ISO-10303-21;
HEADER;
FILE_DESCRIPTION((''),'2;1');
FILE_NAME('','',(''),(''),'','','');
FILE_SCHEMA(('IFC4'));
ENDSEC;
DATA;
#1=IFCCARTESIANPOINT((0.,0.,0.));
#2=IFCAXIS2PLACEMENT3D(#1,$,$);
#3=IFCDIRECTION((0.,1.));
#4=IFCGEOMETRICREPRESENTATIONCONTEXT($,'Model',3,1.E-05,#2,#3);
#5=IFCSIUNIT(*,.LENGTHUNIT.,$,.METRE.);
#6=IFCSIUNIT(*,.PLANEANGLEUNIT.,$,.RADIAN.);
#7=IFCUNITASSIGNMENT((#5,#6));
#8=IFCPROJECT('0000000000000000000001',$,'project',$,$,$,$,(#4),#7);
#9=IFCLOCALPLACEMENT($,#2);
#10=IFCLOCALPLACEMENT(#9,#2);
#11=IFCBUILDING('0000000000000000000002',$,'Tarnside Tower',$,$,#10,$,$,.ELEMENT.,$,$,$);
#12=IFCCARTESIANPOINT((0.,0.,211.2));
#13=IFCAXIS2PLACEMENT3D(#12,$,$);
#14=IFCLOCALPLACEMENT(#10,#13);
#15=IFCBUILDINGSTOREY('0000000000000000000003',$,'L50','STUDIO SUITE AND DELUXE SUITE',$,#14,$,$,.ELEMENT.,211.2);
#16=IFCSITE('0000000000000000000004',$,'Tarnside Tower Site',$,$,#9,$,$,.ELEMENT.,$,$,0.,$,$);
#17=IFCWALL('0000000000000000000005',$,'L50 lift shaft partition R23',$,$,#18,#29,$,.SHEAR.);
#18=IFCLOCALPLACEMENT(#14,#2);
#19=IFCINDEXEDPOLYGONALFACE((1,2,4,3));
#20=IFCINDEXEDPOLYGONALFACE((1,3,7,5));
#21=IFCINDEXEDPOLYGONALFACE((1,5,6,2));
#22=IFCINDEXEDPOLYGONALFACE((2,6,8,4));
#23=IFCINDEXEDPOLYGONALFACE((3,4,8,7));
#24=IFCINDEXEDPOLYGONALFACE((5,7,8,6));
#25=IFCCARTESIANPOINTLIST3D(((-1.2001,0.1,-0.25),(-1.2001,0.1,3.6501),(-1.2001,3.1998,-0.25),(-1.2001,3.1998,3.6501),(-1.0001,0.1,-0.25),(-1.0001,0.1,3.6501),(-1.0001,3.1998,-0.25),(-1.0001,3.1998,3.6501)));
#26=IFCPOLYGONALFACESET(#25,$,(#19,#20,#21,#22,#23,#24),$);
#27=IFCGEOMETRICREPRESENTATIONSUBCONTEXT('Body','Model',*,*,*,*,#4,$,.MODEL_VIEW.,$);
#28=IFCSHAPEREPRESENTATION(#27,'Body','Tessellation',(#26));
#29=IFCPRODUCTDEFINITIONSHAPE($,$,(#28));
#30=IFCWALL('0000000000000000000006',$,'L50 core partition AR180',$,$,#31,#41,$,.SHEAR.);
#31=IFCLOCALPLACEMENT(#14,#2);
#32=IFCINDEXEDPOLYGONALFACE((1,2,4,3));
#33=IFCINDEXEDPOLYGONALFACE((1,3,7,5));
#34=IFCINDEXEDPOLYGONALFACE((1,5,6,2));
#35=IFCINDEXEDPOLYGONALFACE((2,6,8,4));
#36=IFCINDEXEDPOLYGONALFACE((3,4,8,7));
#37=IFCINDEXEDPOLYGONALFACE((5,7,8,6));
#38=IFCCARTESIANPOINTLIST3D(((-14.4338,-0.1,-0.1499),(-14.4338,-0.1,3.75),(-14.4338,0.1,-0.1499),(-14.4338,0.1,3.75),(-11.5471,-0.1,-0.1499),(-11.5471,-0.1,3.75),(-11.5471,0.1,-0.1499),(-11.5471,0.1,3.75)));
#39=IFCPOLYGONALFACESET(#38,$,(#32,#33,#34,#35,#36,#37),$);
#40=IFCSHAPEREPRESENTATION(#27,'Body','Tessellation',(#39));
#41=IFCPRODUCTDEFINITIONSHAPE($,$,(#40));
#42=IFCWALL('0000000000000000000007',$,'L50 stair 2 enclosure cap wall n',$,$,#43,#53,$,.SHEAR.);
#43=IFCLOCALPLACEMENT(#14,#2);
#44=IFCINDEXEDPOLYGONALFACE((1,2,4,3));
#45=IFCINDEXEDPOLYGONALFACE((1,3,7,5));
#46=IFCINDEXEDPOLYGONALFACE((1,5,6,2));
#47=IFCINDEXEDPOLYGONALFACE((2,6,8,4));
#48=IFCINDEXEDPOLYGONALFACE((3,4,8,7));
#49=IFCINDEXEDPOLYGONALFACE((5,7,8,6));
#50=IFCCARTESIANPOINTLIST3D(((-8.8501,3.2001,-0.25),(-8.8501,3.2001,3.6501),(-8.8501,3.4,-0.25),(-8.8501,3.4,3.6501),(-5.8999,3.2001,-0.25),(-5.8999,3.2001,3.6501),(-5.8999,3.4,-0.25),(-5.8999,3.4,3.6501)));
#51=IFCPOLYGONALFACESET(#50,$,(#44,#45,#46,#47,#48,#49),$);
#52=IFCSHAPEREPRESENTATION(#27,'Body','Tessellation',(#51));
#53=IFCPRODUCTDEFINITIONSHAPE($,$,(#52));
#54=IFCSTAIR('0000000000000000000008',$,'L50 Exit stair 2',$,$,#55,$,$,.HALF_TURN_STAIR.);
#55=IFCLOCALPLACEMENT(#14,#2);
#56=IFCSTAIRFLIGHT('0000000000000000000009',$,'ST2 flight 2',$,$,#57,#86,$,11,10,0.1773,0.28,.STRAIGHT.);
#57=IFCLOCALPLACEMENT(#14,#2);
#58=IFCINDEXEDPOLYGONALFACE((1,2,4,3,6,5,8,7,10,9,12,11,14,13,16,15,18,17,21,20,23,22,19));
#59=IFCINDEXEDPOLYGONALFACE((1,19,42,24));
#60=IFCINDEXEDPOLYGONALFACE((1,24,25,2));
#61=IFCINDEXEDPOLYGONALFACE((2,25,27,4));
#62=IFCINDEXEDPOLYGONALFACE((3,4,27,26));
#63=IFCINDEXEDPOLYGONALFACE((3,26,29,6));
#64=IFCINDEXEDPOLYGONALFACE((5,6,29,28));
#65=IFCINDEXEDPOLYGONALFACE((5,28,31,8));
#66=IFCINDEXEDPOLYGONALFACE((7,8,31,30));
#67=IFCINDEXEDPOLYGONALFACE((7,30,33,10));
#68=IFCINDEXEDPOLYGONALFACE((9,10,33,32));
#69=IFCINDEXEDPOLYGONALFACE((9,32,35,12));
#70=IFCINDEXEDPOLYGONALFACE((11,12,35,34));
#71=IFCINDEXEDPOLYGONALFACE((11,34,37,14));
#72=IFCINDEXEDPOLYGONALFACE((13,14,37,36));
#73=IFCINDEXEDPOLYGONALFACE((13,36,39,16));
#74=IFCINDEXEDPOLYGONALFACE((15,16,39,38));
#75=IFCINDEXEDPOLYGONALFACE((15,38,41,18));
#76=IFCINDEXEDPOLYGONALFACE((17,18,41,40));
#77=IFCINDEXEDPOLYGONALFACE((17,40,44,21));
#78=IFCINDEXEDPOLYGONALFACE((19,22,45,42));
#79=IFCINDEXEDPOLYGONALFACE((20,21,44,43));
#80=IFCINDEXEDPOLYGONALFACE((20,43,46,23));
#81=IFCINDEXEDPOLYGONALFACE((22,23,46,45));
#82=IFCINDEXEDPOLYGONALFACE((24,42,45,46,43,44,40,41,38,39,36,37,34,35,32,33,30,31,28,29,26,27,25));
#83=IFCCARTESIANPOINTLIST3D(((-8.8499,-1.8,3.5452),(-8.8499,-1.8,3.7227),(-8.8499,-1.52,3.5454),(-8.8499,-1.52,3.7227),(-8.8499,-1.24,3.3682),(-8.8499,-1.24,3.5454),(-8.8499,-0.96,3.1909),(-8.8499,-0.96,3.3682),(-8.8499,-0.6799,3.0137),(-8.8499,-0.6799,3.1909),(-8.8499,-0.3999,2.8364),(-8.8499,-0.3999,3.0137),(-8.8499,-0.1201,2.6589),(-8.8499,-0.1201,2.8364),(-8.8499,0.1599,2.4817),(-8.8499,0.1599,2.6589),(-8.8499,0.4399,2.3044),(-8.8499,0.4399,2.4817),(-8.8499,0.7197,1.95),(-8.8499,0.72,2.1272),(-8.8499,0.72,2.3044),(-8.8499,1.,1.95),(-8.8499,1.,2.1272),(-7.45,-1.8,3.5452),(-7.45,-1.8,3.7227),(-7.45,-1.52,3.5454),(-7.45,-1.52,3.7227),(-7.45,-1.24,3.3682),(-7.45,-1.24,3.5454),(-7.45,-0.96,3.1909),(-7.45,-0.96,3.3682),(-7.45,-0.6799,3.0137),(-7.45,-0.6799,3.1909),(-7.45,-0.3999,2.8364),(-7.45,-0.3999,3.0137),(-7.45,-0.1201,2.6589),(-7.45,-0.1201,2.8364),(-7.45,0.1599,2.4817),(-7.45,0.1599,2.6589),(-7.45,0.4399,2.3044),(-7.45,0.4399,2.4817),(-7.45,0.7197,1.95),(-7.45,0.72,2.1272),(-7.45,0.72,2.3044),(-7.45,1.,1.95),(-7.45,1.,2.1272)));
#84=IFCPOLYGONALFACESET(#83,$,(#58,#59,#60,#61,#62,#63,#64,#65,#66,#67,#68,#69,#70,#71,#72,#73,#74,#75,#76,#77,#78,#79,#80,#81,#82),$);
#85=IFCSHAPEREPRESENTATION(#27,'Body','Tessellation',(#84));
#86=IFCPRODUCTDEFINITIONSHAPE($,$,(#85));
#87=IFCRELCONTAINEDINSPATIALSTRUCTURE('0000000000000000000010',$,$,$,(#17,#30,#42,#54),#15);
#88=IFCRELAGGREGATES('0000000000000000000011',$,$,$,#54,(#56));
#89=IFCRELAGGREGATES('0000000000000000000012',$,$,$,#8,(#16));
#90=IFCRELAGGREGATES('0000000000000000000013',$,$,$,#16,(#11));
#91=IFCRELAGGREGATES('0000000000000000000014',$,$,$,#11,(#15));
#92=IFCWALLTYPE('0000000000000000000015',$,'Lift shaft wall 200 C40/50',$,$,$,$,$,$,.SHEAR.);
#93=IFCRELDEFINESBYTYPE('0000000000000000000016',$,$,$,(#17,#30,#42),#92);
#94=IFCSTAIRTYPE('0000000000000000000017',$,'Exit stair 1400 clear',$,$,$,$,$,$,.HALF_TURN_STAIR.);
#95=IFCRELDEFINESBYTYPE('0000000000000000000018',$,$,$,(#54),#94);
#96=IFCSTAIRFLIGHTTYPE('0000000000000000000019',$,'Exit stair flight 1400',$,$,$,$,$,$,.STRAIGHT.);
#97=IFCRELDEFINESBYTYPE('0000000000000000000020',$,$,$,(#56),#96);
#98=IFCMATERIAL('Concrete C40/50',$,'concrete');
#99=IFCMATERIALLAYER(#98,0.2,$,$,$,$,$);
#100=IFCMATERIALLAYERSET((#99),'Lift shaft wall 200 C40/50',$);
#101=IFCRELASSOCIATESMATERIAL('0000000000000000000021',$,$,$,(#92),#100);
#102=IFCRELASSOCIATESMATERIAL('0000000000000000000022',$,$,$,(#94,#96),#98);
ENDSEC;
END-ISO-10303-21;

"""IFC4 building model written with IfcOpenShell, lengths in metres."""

from ifc_helpers import new_model, si_unit, direction, frame, frame_2d, origin, place, context, subcontext, project, spatial, polyline, rectangle, outline, extrude, material, layer, layer_set, type_object, element, aggregate, save


model = new_model("IFC4")

# Units and contexts
model_context = context("Model", 3, precision=1e-05, world=origin(), true_north=direction((0.0, 1.0)))
body_context = subcontext(model_context, "Body", "Model", "MODEL_VIEW")
ifc_project = project(units=[si_unit("LENGTHUNIT", "METRE"), si_unit("PLANEANGLEUNIT", "RADIAN")], contexts=[model_context])

# Site, building, storey
site_placement = place(None, origin())
site = spatial("IfcSite", under=ifc_project, at=site_placement, Name="Tarnside Tower Site", CompositionType="ELEMENT", RefElevation=0.0)
building_placement = place(site_placement, origin())
building = spatial("IfcBuilding", under=site, at=building_placement, Name="Tarnside Tower", CompositionType="ELEMENT")
storey_placement = place(building_placement, frame((0.0, 0.0, 211.2)))
storey = spatial("IfcBuildingStorey", under=building, at=storey_placement, Name="L50", Description="STUDIO SUITE AND DELUXE SUITE", CompositionType="ELEMENT", Elevation=211.2)

# Shared definitions
ifc_material_1 = material(Name="Concrete C40/50", Category="concrete")
ifc_layer_1 = layer(ifc_material_1, 0.2)
ifc_layer_set_1 = layer_set([ifc_layer_1], Name="Lift shaft wall 200 C40/50")
wall_type_1 = type_object("IfcWallType", Name="Lift shaft wall 200 C40/50", PredefinedType="SHEAR", material=ifc_layer_set_1)

# Walls
for number, where, z_axis, x_axis, name in (
    (1, (-1.1001, 0.1001, -0.25), (0.0, 0.0, 1.0), (0.0, 1.0, 0.0), "L50 lift shaft partition R23"),
):
    element("IfcWall", number, at=place(storey_placement, frame(where, z_axis=z_axis, x_axis=x_axis)), inside=storey, type_object=wall_type_1, Name=name, PredefinedType="SHEAR", context=body_context, shape_type="SweptSolid", body=[
        extrude(rectangle(XDim=3.0999, YDim=0.2, at=frame_2d((1.5498, 0.0))), origin(), (0.0, 0.0, 1.0), 3.9001),
    ])
wall_1_placement = place(storey_placement, frame((-11.5471, 0.0, -0.1499), z_axis=(0.0, 0.0, 1.0), x_axis=(-1.0, 0.0, 0.0)))
element("IfcWall", 2, at=wall_1_placement, inside=storey, type_object=wall_type_1, Name="L50 core partition AR180", PredefinedType="SHEAR", context=body_context, shape_type="SweptSolid", body=[
    extrude(rectangle(XDim=2.8867, YDim=0.2, at=frame_2d((1.4434, 0.0))), origin(), (0.0, 0.0, 1.0), 3.8999),
])
wall_2_placement = place(storey_placement, frame((-8.8501, 3.3, -0.25), z_axis=(0.0, 0.0, 1.0), x_axis=(1.0, 0.0, 0.0)))
element("IfcWall", 3, at=wall_2_placement, inside=storey, type_object=wall_type_1, Name="L50 stair 2 enclosure cap wall n", PredefinedType="SHEAR", context=body_context, shape_type="SweptSolid", body=[
    extrude(rectangle(XDim=2.9502, YDim=0.2, at=frame_2d((1.4751, 0.0))), origin(), (0.0, 0.0, 1.0), 3.9001),
])

# Stair, stair flight
stair_type = type_object("IfcStairType", Name="Exit stair 1400 clear", PredefinedType="HALF_TURN_STAIR", material=ifc_material_1)
stair_placement = place(storey_placement, origin())
stair = element("IfcStair", 4, at=stair_placement, inside=storey, type_object=stair_type, Name="L50 Exit stair 2", PredefinedType="HALF_TURN_STAIR")
stair_flight_type = type_object("IfcStairFlightType", Name="Exit stair flight 1400", PredefinedType="STRAIGHT", material=ifc_material_1)
stair_flight_placement = place(storey_placement, frame((-8.1499, 1.0, 1.95), z_axis=(0.0, 0.0, 1.0), x_axis=(0.0, -1.0, 0.0)))
stair_flight = element("IfcStairFlight", 5, at=stair_flight_placement, type_object=stair_flight_type, Name="ST2 flight 2", NumberOfRisers=11, NumberOfTreads=10, PredefinedType="STRAIGHT", RiserHeight=0.1773, TreadLength=0.28, context=body_context, shape_type="SweptSolid", body=[
    extrude(outline(polyline([(0.0, 0.0), (0.0, 0.1772), (0.28, 0.1772), (0.28, 0.3545), (0.5601, 0.3545), (0.5601, 0.5317), (0.8401, 0.5317), (0.8401, 0.709), (1.1201, 0.709), (1.1201, 0.8865), (1.3999, 0.8865), (1.3999, 1.0637), (1.6799, 1.0637), (1.6799, 1.241), (1.96, 1.241), (1.96, 1.4182), (2.24, 1.4182), (2.24, 1.5955), (2.52, 1.5955), (2.52, 1.7727), (2.8, 1.7727), (2.8, 1.95), (2.8, 1.5952), (0.2803, 0.0), (0.0, 0.0)])), frame((0.0, 0.7, 0.0), z_axis=(0.0, -1.0, 0.0), x_axis=(1.0, 0.0, 0.0)), (0.0, 0.0, 1.0), 1.3999),
])
aggregate(stair, [stair_flight])

save(model, "model.ifc")
